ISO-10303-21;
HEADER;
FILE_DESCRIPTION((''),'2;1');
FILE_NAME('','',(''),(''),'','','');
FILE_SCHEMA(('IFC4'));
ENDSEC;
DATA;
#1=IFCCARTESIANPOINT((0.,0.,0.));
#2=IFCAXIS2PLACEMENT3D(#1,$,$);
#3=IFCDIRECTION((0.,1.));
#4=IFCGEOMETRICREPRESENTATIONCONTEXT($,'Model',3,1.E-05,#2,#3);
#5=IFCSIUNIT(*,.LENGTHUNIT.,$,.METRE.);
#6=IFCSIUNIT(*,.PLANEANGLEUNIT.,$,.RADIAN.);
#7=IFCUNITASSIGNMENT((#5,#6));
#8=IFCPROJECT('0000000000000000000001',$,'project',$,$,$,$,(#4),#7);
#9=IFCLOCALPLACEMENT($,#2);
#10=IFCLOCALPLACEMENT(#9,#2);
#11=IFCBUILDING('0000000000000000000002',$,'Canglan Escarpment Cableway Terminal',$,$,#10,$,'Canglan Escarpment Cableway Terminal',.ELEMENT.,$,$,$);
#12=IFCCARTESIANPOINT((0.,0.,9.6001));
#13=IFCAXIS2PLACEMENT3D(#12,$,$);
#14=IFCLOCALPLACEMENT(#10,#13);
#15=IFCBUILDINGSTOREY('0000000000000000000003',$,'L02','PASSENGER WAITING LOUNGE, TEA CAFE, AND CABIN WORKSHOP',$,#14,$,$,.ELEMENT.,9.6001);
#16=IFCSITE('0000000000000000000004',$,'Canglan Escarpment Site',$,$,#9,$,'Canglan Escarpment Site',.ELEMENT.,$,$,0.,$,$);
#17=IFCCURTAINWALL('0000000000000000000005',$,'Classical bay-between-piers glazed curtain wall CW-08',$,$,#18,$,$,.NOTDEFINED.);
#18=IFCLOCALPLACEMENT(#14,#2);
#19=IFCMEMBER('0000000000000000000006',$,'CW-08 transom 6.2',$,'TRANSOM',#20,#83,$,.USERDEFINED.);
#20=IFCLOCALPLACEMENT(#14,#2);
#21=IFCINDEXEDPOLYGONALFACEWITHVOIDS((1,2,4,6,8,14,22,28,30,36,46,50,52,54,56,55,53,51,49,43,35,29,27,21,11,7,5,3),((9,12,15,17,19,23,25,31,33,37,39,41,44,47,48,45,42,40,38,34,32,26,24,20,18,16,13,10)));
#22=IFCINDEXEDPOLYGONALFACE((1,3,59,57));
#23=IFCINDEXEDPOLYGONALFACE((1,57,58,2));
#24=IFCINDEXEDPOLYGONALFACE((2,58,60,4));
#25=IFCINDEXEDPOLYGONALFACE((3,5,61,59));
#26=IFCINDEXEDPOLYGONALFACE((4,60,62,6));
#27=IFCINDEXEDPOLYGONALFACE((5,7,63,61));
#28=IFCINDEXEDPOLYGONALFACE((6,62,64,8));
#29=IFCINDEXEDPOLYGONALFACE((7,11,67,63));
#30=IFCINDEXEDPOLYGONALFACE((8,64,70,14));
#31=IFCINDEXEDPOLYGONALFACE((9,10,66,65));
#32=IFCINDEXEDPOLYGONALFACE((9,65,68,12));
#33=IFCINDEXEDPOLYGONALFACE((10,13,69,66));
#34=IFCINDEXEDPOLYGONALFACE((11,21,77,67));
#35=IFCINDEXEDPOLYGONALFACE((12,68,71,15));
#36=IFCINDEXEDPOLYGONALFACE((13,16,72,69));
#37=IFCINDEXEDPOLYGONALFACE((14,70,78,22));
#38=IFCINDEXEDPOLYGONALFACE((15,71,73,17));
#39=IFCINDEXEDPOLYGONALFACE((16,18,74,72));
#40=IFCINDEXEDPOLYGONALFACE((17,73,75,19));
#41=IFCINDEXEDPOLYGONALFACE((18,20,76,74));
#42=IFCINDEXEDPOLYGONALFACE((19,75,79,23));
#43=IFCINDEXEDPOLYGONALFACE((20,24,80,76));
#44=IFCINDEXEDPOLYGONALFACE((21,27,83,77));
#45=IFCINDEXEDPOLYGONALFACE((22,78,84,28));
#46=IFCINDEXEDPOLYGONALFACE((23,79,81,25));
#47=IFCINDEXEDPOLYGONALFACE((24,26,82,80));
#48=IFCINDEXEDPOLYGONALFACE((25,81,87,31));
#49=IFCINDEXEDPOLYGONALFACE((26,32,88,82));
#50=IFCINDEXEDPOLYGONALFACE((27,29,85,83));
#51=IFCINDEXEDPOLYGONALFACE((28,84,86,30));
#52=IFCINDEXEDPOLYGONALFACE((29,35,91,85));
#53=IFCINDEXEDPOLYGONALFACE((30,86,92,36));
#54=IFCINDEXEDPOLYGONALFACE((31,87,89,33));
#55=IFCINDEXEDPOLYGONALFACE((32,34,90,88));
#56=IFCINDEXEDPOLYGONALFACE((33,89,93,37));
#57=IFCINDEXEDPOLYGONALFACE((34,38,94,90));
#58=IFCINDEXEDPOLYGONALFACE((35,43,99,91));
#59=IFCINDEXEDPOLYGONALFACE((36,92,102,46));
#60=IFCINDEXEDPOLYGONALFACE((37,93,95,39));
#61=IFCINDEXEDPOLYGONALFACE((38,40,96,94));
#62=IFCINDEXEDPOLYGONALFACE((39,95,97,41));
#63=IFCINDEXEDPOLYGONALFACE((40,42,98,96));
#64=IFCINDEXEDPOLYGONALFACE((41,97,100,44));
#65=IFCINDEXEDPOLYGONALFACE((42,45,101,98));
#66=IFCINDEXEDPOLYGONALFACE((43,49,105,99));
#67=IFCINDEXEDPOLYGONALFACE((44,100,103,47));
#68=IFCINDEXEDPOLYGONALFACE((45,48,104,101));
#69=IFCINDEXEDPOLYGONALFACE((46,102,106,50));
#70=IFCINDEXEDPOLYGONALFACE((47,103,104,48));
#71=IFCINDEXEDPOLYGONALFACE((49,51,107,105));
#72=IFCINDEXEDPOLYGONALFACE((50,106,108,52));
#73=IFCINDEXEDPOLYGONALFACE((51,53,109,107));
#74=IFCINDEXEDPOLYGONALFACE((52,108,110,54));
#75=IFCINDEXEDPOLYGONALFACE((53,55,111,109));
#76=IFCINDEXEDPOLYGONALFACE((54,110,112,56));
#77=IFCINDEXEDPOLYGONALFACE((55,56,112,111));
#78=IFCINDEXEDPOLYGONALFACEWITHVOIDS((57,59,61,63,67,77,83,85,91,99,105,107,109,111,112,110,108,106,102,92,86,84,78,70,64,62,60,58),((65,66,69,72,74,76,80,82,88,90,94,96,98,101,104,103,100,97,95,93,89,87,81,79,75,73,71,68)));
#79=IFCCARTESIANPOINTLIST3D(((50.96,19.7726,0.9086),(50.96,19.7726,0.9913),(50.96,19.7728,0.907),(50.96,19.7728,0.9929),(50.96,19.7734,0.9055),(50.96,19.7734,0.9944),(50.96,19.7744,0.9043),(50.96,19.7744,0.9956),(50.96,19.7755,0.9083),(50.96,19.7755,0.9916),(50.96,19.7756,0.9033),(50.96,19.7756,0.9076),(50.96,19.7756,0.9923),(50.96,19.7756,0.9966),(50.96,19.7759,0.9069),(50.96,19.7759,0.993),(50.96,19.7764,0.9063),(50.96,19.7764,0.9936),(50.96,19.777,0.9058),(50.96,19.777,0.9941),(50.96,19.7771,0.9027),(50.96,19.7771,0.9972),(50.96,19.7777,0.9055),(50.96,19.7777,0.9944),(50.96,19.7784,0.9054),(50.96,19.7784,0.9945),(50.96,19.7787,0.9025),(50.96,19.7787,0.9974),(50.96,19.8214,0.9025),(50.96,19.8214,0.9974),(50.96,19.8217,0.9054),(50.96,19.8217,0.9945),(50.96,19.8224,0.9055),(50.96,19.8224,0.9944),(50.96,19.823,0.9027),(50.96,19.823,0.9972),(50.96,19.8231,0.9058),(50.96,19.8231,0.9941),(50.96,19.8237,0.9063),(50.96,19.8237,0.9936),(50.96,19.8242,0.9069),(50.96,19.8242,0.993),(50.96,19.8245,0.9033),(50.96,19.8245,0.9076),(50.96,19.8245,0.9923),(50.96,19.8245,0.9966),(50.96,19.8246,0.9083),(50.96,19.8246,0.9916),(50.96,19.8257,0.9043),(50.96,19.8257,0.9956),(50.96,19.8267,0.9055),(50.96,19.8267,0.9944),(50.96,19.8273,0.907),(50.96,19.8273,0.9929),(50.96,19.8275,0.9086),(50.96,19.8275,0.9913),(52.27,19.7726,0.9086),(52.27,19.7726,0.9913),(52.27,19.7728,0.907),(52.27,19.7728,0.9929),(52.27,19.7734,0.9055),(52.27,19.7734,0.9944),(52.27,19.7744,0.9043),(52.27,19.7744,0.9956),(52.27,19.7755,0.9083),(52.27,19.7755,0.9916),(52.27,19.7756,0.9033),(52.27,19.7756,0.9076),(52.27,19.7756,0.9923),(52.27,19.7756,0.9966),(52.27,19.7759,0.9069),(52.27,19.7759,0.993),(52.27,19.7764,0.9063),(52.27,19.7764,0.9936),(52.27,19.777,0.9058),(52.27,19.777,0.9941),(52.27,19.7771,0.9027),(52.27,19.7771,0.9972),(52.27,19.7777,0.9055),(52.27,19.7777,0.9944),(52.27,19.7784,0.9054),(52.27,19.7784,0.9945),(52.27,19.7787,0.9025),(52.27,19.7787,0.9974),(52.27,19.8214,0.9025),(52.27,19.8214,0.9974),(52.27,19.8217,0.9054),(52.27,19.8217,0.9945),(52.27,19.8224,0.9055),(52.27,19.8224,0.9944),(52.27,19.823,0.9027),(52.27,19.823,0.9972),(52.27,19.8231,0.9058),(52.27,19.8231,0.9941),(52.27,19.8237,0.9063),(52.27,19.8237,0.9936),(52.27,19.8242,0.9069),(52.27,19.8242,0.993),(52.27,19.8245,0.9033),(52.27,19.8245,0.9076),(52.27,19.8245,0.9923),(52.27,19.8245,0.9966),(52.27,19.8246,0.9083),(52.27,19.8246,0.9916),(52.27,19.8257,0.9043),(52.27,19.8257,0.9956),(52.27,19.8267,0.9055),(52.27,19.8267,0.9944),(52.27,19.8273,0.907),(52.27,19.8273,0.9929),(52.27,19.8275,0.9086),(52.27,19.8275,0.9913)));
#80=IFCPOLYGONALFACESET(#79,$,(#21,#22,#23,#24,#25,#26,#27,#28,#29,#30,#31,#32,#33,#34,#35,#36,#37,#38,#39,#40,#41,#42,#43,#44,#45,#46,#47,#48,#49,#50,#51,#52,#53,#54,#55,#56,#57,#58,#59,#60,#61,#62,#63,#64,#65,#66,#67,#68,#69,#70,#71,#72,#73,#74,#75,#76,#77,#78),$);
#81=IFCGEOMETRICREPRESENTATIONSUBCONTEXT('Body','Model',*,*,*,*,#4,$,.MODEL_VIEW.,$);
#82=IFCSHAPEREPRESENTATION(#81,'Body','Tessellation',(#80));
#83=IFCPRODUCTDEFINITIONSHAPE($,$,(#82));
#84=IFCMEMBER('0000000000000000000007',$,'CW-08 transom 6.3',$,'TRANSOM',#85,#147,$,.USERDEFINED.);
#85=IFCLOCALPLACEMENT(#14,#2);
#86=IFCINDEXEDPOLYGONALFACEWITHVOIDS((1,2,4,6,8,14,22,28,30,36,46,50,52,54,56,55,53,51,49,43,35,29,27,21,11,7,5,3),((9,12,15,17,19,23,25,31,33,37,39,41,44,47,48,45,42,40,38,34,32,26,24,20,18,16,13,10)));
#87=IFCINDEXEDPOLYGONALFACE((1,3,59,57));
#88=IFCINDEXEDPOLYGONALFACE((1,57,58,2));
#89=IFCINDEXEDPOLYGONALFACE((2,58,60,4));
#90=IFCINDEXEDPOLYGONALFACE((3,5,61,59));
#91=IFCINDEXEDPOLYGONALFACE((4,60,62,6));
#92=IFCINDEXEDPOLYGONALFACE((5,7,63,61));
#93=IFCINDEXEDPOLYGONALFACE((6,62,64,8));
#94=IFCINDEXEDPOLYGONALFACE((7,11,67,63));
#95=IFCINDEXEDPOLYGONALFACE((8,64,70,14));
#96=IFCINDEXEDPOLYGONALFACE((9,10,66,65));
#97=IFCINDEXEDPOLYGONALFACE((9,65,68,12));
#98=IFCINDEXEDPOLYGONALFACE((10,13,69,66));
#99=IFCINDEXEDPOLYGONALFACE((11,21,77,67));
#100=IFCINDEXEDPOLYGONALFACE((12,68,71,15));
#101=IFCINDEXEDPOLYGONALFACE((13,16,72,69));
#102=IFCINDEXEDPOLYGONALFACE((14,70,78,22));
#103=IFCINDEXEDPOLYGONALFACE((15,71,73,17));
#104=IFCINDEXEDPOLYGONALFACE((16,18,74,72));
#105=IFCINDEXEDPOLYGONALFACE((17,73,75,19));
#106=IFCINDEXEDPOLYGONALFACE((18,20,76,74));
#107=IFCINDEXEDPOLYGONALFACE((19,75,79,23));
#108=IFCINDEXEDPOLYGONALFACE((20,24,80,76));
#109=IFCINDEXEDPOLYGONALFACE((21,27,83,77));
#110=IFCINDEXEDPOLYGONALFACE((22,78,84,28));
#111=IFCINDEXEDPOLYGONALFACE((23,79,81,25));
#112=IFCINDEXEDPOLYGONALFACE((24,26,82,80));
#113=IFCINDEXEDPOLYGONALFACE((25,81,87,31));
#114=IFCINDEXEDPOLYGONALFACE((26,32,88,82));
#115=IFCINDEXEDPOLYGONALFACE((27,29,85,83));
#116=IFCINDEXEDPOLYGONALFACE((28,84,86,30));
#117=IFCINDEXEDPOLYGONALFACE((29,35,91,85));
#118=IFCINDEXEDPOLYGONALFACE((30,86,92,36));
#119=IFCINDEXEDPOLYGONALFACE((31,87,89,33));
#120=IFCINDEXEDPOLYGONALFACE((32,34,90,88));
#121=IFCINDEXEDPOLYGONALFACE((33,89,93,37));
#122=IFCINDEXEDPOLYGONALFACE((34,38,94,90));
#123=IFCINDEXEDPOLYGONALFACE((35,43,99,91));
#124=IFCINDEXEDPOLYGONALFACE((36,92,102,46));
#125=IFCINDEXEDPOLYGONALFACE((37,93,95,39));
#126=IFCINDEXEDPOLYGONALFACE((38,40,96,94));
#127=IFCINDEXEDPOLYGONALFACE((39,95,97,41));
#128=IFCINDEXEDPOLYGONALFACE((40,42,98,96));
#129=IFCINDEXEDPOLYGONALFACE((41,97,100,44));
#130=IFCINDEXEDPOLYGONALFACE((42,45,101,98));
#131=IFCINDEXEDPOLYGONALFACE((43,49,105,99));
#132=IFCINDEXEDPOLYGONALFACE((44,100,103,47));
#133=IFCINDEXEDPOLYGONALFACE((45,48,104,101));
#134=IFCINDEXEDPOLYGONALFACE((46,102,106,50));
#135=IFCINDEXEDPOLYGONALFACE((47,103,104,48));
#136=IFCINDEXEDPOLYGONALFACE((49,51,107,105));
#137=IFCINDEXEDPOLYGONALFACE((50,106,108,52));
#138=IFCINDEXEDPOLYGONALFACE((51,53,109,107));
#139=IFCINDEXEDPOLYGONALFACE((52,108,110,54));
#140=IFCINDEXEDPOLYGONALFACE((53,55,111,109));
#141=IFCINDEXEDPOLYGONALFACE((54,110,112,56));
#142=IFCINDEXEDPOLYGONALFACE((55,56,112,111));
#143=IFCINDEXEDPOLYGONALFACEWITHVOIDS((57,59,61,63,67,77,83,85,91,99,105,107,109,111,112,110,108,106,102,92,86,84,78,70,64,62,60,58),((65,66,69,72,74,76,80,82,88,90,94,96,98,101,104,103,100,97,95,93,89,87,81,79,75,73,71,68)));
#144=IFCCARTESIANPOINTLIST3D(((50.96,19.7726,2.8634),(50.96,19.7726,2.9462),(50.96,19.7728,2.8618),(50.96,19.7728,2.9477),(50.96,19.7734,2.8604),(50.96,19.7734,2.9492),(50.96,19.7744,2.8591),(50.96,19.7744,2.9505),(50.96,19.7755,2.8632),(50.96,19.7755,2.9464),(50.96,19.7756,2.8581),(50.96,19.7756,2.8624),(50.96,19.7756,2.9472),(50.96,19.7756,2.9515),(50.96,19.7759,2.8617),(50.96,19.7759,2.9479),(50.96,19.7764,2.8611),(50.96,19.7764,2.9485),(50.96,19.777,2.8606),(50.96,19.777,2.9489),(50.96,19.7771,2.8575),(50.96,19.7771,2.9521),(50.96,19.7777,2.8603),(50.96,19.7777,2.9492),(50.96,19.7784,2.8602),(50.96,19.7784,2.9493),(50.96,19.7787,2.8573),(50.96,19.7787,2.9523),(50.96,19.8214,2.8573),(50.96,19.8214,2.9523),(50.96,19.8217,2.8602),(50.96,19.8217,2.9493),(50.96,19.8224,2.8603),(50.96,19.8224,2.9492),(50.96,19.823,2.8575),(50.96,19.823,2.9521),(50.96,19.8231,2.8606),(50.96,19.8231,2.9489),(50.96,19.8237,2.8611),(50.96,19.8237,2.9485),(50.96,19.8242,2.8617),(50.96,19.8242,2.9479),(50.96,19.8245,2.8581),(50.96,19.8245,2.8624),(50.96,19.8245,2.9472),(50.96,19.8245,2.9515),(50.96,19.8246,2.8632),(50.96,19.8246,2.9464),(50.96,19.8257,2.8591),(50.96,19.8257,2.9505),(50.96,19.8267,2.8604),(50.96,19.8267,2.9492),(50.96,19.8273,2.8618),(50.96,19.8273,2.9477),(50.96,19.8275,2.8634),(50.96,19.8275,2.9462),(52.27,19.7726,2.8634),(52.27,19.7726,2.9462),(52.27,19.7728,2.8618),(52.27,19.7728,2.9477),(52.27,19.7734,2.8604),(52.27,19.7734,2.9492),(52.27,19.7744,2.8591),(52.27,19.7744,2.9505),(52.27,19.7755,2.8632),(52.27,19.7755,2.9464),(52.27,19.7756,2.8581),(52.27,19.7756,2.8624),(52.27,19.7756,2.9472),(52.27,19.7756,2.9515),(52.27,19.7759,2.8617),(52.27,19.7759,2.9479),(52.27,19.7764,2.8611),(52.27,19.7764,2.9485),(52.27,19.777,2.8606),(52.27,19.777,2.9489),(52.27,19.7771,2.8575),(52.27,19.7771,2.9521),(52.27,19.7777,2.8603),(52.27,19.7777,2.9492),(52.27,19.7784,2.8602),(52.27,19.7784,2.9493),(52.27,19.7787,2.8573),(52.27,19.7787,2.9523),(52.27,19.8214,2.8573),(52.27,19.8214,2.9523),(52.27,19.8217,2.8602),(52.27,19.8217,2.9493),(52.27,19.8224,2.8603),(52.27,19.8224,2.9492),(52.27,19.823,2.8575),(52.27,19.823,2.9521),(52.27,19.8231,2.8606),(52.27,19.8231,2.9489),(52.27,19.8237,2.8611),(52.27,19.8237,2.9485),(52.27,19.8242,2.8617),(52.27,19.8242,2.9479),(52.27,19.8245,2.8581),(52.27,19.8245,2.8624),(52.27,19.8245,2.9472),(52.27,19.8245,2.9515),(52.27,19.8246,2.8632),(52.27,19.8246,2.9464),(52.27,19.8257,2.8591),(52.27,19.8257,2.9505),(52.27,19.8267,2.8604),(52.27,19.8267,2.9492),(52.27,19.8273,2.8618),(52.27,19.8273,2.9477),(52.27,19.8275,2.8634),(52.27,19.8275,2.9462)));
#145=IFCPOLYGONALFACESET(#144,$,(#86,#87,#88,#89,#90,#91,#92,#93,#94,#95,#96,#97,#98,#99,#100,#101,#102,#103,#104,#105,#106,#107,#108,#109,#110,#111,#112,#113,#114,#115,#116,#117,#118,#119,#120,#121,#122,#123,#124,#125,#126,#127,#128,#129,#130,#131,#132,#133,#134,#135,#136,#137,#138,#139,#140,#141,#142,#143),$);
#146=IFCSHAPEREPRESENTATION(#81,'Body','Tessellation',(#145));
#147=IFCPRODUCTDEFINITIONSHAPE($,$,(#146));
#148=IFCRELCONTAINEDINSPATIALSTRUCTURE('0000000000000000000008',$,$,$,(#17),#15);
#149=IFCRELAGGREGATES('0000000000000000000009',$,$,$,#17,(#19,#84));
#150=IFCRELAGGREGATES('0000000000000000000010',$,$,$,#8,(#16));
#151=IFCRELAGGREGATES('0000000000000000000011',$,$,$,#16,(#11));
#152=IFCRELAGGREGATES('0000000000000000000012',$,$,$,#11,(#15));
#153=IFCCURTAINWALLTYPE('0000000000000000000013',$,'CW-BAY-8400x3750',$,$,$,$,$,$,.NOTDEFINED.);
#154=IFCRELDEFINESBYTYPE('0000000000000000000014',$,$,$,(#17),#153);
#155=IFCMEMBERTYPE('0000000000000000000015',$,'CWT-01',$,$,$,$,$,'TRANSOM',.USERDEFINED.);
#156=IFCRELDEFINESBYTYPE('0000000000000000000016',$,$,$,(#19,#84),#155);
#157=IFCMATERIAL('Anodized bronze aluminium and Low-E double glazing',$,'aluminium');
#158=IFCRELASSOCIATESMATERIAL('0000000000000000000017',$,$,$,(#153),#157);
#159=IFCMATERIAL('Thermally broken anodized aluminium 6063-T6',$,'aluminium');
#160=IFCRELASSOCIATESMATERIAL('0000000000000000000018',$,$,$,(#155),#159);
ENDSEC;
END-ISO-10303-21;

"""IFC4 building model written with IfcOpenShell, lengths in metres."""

from ifc_helpers import new_model, si_unit, direction, frame, origin, origin_2d, place, context, subcontext, project, spatial, hollow_rectangle, extrude, material, material_profile, profile_set, type_object, element, aggregate, save


model = new_model("IFC4")

# Units and contexts
model_context = context("Model", 3, precision=1e-05, world=origin(), true_north=direction((0.0, 1.0)))
body_context = subcontext(model_context, "Body", "Model", "MODEL_VIEW")
ifc_project = project(units=[si_unit("LENGTHUNIT", "METRE"), si_unit("PLANEANGLEUNIT", "RADIAN")], contexts=[model_context])

# Site, building, storey
site_placement = place(None, origin())
site = spatial("IfcSite", under=ifc_project, at=site_placement, Name="Canglan Escarpment Site", LongName="Canglan Escarpment Site", CompositionType="ELEMENT", RefElevation=0.0)
building_placement = place(site_placement, origin())
building = spatial("IfcBuilding", under=site, at=building_placement, Name="Canglan Escarpment Cableway Terminal", LongName="Canglan Escarpment Cableway Terminal", CompositionType="ELEMENT")
storey_placement = place(building_placement, frame((0.0, 0.0, 9.6001)))
storey = spatial("IfcBuildingStorey", under=building, at=storey_placement, Name="L02", Description="PASSENGER WAITING LOUNGE, TEA CAFE, AND CABIN WORKSHOP", CompositionType="ELEMENT", Elevation=9.6001)

# Curtain wall, members
ifc_material_1 = material(Name="Anodized bronze aluminium and Low-E double glazing", Category="aluminium")
curtain_wall_type = type_object("IfcCurtainWallType", Name="CW-BAY-8400x3750", PredefinedType="NOTDEFINED", material=ifc_material_1)
curtain_wall_placement = place(storey_placement, origin())
curtain_wall = element("IfcCurtainWall", 1, at=curtain_wall_placement, inside=storey, type_object=curtain_wall_type, Name="Classical bay-between-piers glazed curtain wall CW-08", PredefinedType="NOTDEFINED")
ifc_material_2 = material(Name="Thermally broken anodized aluminium 6063-T6", Category="aluminium")
ifc_material_profile_1 = material_profile(ifc_material_2, hollow_rectangle(XDim=0.0549, YDim=0.095, WallThickness=0.0029, InnerFilletRadius=0.0029, OuterFilletRadius=0.0061, at=origin_2d()), Name="ALU-TRAN 55x95x3")
ifc_profile_set_1 = profile_set([ifc_material_profile_1], Name="Thermally broken anodized aluminium 6063-T6")
member_type_1 = type_object("IfcMemberType", Name="CWT-01", ElementType="TRANSOM", PredefinedType="USERDEFINED", material=ifc_profile_set_1)
member_1_placement = place(storey_placement, frame((52.27, 19.8, 0.95), z_axis=(-1.0, 0.0, 0.0), x_axis=(0.0, -1.0, 0.0)))
member_1 = element("IfcMember", 2, at=member_1_placement, type_object=member_type_1, Name="CW-08 transom 6.2", ObjectType="TRANSOM", PredefinedType="USERDEFINED", context=body_context, shape_type="SweptSolid", body=[
    extrude(hollow_rectangle(XDim=0.0549, YDim=0.095, WallThickness=0.0029, InnerFilletRadius=0.0029, OuterFilletRadius=0.0061, at=origin_2d()), origin(), (0.0, 0.0, 1.0), 1.3101),
])
member_2_placement = place(storey_placement, frame((52.27, 19.8, 2.9048), z_axis=(-1.0, 0.0, 0.0), x_axis=(0.0, -1.0, 0.0)))
member_2 = element("IfcMember", 3, at=member_2_placement, type_object=member_type_1, Name="CW-08 transom 6.3", ObjectType="TRANSOM", PredefinedType="USERDEFINED", context=body_context, shape_type="SweptSolid", body=[
    extrude(hollow_rectangle(XDim=0.0549, YDim=0.095, WallThickness=0.0029, InnerFilletRadius=0.0029, OuterFilletRadius=0.0061, at=origin_2d()), origin(), (0.0, 0.0, 1.0), 1.3101),
])

aggregate(curtain_wall, [member_1, member_2])

save(model, "model.ifc")
